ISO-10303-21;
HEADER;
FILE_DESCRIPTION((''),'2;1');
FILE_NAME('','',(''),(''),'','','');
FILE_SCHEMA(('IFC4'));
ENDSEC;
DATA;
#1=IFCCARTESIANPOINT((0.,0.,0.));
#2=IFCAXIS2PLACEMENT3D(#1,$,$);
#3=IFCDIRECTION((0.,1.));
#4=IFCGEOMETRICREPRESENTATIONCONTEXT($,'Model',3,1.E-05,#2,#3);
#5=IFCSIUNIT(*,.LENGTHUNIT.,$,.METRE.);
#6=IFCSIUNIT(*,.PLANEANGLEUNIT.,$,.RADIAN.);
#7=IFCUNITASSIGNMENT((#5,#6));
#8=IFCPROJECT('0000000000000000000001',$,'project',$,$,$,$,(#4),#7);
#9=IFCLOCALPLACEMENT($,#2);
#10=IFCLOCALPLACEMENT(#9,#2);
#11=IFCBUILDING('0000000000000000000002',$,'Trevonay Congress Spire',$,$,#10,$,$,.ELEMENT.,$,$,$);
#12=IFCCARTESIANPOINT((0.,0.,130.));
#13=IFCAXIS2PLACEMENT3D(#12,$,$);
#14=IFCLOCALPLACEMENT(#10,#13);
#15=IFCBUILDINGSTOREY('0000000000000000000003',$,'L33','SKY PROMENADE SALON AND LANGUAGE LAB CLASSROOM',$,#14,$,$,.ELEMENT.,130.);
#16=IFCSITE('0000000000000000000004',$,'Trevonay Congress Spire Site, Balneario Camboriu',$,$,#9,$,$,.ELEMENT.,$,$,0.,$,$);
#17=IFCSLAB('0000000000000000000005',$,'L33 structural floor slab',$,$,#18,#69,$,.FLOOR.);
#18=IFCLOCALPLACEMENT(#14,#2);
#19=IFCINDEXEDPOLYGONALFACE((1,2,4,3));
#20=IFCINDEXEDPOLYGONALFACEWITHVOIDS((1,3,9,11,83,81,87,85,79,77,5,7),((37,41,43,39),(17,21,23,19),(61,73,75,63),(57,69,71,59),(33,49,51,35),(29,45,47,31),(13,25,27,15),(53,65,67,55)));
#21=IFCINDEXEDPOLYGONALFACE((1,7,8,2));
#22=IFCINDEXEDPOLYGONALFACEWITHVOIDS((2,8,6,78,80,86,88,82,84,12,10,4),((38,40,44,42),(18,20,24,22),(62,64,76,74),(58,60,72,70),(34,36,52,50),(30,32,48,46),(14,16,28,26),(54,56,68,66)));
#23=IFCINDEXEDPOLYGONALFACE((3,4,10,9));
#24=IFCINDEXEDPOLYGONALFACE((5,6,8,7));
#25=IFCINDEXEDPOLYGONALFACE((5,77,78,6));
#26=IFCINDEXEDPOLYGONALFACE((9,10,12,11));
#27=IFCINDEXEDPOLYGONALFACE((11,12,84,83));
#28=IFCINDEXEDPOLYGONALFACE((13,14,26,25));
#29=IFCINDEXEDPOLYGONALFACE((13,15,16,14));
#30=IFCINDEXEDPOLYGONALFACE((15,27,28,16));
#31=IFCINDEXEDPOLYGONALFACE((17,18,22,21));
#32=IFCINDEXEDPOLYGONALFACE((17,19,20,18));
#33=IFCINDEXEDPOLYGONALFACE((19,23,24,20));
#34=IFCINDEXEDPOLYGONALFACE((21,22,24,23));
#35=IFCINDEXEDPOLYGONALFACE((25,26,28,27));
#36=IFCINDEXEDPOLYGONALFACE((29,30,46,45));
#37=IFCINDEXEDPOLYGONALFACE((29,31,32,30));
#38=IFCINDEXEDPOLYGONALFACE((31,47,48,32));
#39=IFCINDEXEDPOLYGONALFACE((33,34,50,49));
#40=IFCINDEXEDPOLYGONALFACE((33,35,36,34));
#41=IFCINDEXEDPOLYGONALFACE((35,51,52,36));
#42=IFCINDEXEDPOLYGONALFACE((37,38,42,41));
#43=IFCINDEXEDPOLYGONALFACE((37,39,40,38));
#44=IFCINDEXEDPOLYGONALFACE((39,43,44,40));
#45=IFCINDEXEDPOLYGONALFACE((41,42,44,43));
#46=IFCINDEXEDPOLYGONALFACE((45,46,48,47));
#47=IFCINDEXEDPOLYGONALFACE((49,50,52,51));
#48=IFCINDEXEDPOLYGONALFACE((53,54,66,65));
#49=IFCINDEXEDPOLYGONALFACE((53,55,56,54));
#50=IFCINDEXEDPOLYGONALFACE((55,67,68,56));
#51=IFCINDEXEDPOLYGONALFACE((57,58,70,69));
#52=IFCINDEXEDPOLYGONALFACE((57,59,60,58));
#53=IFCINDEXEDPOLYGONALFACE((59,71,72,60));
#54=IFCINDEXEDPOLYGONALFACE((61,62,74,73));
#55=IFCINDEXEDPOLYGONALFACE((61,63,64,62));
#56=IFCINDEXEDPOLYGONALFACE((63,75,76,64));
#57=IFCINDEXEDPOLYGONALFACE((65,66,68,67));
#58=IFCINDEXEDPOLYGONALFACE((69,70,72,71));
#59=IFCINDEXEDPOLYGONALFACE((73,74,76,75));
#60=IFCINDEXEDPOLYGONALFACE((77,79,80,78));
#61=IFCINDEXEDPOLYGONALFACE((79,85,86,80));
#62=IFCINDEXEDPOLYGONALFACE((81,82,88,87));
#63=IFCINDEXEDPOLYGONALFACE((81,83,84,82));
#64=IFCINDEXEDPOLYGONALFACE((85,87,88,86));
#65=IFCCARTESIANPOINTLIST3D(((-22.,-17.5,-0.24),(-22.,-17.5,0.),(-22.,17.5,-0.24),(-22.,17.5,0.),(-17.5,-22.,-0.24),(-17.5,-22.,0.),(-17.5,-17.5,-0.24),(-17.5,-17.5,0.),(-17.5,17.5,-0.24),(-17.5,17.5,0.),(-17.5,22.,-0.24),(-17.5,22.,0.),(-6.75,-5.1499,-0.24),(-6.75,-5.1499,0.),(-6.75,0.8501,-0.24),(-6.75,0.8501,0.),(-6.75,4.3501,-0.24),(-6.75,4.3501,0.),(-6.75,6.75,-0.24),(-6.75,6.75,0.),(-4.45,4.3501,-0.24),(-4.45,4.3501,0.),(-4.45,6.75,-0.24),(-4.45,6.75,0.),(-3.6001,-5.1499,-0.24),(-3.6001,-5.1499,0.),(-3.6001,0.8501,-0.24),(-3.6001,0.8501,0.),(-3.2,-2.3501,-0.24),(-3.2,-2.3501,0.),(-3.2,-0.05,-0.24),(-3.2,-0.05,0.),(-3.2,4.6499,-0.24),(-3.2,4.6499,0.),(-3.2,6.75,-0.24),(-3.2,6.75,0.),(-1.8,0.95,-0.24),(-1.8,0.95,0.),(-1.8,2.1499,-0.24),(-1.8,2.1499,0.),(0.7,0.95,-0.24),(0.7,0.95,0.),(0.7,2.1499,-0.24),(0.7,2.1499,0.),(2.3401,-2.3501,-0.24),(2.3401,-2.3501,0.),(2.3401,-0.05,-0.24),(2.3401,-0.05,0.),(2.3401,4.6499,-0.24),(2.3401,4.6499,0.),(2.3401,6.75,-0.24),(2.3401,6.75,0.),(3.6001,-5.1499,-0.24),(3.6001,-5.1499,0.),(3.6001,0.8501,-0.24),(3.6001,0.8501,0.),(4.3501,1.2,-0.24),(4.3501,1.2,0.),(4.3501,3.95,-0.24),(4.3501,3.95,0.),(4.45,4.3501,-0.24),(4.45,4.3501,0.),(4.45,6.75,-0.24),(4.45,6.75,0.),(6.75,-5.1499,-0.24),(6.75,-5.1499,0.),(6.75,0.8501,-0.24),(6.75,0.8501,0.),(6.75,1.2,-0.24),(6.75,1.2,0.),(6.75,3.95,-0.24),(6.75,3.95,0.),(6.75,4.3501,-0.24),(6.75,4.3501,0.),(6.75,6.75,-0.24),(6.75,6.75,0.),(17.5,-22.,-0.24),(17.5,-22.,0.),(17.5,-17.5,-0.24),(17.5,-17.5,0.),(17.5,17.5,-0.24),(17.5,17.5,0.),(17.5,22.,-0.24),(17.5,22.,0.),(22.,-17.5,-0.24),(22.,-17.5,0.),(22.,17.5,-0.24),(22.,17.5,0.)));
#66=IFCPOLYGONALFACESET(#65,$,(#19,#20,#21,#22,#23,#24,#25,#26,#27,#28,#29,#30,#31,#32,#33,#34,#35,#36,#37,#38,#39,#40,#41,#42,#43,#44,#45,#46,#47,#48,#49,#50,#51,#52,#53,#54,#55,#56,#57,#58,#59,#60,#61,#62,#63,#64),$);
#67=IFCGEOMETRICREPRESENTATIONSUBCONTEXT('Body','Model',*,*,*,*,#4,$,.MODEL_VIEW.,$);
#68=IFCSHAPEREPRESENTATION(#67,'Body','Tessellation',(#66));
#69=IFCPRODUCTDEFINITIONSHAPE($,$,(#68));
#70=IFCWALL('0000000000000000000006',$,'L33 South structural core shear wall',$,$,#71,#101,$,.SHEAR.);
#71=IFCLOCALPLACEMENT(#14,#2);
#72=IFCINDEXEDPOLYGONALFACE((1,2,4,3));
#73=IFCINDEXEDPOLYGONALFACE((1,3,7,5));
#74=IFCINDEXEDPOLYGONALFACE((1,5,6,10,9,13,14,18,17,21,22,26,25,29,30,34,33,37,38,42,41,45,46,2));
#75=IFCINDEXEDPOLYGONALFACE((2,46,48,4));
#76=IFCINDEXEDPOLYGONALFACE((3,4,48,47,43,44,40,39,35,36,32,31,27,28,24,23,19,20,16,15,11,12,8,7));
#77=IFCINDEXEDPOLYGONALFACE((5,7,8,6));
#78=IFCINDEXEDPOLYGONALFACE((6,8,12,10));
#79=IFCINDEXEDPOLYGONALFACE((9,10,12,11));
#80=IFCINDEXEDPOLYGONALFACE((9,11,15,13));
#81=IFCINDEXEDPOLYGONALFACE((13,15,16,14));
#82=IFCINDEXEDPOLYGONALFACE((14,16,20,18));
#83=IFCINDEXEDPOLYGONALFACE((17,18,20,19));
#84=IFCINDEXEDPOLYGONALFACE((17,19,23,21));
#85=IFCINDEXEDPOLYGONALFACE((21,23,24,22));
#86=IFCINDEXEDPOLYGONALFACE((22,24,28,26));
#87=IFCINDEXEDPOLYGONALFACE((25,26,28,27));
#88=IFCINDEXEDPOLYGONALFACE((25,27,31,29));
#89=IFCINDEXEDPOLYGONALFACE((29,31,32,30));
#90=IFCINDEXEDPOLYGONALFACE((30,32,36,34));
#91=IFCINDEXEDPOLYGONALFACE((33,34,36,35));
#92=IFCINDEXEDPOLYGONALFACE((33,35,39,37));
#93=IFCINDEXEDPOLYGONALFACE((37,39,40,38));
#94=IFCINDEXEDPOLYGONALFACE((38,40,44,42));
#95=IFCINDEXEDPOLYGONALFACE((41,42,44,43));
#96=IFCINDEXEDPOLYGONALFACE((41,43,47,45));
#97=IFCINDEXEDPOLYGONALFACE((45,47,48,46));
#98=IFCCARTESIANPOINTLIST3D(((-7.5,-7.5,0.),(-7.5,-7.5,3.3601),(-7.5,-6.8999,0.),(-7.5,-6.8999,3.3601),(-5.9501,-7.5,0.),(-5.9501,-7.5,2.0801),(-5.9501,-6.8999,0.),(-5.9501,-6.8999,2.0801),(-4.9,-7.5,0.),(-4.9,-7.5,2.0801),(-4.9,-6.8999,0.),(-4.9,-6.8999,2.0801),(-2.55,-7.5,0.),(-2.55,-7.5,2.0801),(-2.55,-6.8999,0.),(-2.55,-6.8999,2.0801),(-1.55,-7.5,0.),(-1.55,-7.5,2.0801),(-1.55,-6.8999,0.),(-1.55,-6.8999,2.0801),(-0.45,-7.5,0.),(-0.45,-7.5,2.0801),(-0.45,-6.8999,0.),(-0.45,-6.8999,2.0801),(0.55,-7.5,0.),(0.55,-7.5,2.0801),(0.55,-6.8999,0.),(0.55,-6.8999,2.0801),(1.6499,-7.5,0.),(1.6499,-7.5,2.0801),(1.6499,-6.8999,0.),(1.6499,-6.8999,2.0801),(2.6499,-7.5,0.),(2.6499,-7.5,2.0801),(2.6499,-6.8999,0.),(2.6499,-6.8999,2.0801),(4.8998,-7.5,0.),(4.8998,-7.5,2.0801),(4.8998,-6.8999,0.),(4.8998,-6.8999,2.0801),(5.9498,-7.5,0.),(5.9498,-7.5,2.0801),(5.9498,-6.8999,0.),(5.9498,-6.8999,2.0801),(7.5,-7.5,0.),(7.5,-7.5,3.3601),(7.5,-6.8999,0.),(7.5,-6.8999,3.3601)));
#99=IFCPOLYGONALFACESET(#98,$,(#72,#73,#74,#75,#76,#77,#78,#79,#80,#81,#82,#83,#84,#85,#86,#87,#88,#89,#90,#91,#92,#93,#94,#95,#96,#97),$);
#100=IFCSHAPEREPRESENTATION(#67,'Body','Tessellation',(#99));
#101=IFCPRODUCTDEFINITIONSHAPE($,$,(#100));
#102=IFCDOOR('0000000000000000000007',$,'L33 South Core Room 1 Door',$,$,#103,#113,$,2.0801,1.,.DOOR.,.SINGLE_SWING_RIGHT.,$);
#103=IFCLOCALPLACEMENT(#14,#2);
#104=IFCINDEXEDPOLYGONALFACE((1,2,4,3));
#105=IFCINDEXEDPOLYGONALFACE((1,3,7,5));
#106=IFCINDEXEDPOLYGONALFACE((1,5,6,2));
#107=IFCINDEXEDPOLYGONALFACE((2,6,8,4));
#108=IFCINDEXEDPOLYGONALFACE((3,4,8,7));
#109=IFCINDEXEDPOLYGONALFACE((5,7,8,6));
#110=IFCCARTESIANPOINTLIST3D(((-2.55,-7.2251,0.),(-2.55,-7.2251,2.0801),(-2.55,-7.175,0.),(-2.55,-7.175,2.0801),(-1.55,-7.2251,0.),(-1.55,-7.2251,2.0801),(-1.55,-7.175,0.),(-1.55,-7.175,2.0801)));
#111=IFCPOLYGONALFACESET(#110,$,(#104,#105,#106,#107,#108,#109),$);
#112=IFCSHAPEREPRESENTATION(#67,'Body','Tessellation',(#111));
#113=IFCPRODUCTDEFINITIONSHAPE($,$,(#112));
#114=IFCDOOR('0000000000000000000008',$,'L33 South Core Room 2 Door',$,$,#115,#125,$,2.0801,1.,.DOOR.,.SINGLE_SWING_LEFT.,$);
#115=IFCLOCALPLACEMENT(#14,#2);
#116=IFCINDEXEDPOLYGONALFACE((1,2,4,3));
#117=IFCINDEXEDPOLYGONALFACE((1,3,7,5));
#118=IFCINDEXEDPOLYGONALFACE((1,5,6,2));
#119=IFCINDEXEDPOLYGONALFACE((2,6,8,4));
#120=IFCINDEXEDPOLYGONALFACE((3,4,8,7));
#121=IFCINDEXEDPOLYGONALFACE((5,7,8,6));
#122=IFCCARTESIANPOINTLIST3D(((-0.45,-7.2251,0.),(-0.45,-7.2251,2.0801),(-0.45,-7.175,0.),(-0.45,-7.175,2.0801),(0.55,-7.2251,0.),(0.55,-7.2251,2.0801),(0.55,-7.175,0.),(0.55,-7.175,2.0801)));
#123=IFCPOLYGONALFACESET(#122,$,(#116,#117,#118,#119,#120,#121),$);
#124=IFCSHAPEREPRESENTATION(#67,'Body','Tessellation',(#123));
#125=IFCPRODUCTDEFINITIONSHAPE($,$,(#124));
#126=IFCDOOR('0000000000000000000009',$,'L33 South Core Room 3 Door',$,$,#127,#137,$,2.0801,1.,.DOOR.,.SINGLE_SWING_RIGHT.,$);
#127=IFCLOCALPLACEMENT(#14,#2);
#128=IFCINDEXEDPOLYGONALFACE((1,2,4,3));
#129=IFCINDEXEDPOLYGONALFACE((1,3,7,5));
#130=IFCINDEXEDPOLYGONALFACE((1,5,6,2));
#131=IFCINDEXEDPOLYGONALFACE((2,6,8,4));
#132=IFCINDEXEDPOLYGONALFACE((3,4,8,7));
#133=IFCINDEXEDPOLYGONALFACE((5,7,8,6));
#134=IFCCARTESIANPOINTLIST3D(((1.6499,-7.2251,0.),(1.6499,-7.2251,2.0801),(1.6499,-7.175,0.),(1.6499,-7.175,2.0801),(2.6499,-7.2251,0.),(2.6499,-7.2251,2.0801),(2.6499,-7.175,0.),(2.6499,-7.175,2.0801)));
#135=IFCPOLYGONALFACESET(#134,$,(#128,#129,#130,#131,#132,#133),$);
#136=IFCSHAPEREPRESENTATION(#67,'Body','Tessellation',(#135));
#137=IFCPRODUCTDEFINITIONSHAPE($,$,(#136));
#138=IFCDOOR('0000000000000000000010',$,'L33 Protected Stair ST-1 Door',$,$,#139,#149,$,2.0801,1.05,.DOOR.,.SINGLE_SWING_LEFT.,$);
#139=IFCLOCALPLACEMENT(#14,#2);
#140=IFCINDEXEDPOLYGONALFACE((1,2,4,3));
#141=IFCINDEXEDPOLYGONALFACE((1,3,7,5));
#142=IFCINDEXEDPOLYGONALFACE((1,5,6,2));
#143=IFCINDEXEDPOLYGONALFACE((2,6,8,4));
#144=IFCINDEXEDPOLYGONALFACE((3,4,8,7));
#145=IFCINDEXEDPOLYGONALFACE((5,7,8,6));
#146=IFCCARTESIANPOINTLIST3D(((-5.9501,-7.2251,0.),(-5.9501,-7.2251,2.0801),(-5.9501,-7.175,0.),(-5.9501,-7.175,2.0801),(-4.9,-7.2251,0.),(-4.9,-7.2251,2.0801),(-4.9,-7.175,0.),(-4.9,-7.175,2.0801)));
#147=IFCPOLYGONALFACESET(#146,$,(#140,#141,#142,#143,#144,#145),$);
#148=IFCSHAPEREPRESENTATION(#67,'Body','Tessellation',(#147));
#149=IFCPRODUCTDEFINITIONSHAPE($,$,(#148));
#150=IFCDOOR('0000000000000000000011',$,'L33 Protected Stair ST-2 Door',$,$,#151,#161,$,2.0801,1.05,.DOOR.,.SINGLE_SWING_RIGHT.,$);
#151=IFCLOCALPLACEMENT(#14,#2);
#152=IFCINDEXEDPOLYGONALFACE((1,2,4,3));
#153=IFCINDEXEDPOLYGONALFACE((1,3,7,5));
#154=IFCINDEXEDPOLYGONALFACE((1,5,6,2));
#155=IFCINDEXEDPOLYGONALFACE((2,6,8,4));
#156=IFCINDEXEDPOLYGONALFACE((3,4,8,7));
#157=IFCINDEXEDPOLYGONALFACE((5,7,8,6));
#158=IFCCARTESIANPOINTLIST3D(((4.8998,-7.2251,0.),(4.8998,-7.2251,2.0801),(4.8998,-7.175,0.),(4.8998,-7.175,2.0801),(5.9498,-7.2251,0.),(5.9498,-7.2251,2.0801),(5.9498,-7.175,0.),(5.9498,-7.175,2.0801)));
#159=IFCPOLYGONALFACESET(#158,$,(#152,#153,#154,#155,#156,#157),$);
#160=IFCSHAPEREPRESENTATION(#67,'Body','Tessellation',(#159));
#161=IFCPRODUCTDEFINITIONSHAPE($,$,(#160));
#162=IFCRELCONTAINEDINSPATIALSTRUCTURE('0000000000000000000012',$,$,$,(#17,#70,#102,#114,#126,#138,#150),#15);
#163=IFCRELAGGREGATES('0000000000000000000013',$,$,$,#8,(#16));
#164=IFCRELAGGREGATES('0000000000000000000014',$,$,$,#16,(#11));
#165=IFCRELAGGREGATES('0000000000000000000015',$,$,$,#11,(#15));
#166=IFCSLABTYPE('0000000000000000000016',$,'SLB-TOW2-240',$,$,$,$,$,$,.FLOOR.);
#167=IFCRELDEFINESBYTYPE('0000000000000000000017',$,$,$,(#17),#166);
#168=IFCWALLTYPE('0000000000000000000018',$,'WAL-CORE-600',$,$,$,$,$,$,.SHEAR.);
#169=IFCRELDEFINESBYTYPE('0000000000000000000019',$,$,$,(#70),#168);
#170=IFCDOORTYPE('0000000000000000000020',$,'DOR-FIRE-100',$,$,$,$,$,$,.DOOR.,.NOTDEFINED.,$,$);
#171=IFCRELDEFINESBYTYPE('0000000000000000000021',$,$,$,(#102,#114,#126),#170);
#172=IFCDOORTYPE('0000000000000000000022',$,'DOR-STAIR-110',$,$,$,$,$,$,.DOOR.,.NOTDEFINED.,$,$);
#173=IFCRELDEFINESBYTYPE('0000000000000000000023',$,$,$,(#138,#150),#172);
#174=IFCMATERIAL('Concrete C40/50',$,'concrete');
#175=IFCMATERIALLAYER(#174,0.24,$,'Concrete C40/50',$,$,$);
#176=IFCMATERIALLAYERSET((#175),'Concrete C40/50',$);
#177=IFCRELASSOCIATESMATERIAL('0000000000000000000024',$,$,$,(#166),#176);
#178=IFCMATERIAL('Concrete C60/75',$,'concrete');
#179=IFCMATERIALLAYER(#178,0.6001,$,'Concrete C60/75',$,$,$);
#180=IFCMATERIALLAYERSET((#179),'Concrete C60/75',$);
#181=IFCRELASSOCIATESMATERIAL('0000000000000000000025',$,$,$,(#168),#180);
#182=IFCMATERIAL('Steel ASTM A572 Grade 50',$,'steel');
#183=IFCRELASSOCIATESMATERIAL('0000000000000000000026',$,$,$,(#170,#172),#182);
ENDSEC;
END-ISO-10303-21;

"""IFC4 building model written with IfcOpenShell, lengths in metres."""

from ifc_helpers import new_model, si_unit, direction, frame, frame_2d, origin, place, context, subcontext, project, spatial, polyline, rectangle, outline, extrude, material, layer, layer_set, type_object, element, fill, save


model = new_model("IFC4")

# Units and contexts
model_context = context("Model", 3, precision=1e-05, world=origin(), true_north=direction((0.0, 1.0)))
body_context = subcontext(model_context, "Body", "Model", "MODEL_VIEW")
ifc_project = project(units=[si_unit("LENGTHUNIT", "METRE"), si_unit("PLANEANGLEUNIT", "RADIAN")], contexts=[model_context])

# Site, building, storey
site_placement = place(None, origin())
site = spatial("IfcSite", under=ifc_project, at=site_placement, Name="Trevonay Congress Spire Site, Balneario Camboriu", CompositionType="ELEMENT", RefElevation=0.0)
building_placement = place(site_placement, origin())
building = spatial("IfcBuilding", under=site, at=building_placement, Name="Trevonay Congress Spire", CompositionType="ELEMENT")
storey_placement = place(building_placement, frame((0.0, 0.0, 130.0)))
storey = spatial("IfcBuildingStorey", under=building, at=storey_placement, Name="L33", Description="SKY PROMENADE SALON AND LANGUAGE LAB CLASSROOM", CompositionType="ELEMENT", Elevation=130.0)

# Shared definitions
ifc_material_1 = material(Name="Steel ASTM A572 Grade 50", Category="steel")

# Slab
ifc_material_2 = material(Name="Concrete C40/50", Category="concrete")
ifc_layer_1 = layer(ifc_material_2, 0.24, Name="Concrete C40/50")
ifc_layer_set_1 = layer_set([ifc_layer_1], Name="Concrete C40/50")
slab_type = type_object("IfcSlabType", Name="SLB-TOW2-240", PredefinedType="FLOOR", material=ifc_layer_set_1)
slab_placement = place(storey_placement, frame((0.0, 0.0, -0.24)))
element("IfcSlab", 1, at=slab_placement, inside=storey, type_object=slab_type, Name="L33 structural floor slab", PredefinedType="FLOOR", context=body_context, shape_type="SweptSolid", body=[
    extrude(outline(polyline([(-17.5, -22.0), (17.5, -22.0), (17.5, -17.5), (22.0, -17.5), (22.0, 17.5), (17.5, 17.5), (17.5, 22.0), (-17.5, 22.0), (-17.5, 17.5), (-22.0, 17.5), (-22.0, -17.5), (-17.5, -17.5), (-17.5, -22.0)]), holes=[polyline([(-3.6001, -5.1499), (-3.6001, 0.8501), (-6.75, 0.8501), (-6.75, -5.1499), (-3.6001, -5.1499)]), polyline([(6.75, -5.1499), (6.75, 0.8501), (3.6001, 0.8501), (3.6001, -5.1499), (6.75, -5.1499)]), polyline([(-3.2, -2.3501), (2.3401, -2.3501), (2.3401, -0.05), (-3.2, -0.05), (-3.2, -2.3501)]), polyline([(-3.2, 4.6499), (2.3401, 4.6499), (2.3401, 6.75), (-3.2, 6.75), (-3.2, 4.6499)]), polyline([(-6.75, 4.3501), (-4.45, 4.3501), (-4.45, 6.75), (-6.75, 6.75), (-6.75, 4.3501)]), polyline([(4.45, 4.3501), (6.75, 4.3501), (6.75, 6.75), (4.45, 6.75), (4.45, 4.3501)]), polyline([(4.3501, 1.2), (6.75, 1.2), (6.75, 3.95), (4.3501, 3.95), (4.3501, 1.2)]), polyline([(-1.8, 0.95), (0.7, 0.95), (0.7, 2.1499), (-1.8, 2.1499), (-1.8, 0.95)])]), origin(), (0.0, 0.0, 1.0), 0.24),
])

# Wall, openings, doors
ifc_material_3 = material(Name="Concrete C60/75", Category="concrete")
ifc_layer_2 = layer(ifc_material_3, 0.6001, Name="Concrete C60/75")
ifc_layer_set_2 = layer_set([ifc_layer_2], Name="Concrete C60/75")
wall_type_1 = type_object("IfcWallType", Name="WAL-CORE-600", PredefinedType="SHEAR", material=ifc_layer_set_2)
wall_1_placement = place(storey_placement, frame((-7.5, -7.2, 0.0), z_axis=(0.0, 0.0, 1.0), x_axis=(1.0, 0.0, 0.0)))
wall_1 = element("IfcWall", 2, at=wall_1_placement, inside=storey, type_object=wall_type_1, Name="L33 South structural core shear wall", PredefinedType="SHEAR", context=body_context, shape_type="SweptSolid", body=[
    extrude(rectangle(XDim=15.0, YDim=0.6001, at=frame_2d((7.5, 0.0))), origin(), (0.0, 0.0, 1.0), 3.3601),
])
opening_1_placement = place(wall_1_placement, frame((1.55, 0.0, 0.0)))
opening_1 = element("IfcOpeningElement", 3, at=opening_1_placement, cuts=wall_1, PredefinedType="OPENING", context=body_context, shape_type="SweptSolid", body=[
    extrude(rectangle(XDim=1.05, YDim=2.0801, at=frame_2d((0.5249, 1.04))), frame((0.0, 0.3101, 0.0), z_axis=(0.0, -1.0, 0.0), x_axis=(1.0, 0.0, 0.0)), (0.0, 0.0, 1.0), 0.6201),
])
opening_2_placement = place(wall_1_placement, frame((12.3999, 0.0, 0.0)))
opening_2 = element("IfcOpeningElement", 4, at=opening_2_placement, cuts=wall_1, PredefinedType="OPENING", context=body_context, shape_type="SweptSolid", body=[
    extrude(rectangle(XDim=1.05, YDim=2.0801, at=frame_2d((0.5249, 1.04))), frame((0.0, 0.3101, 0.0), z_axis=(0.0, -1.0, 0.0), x_axis=(1.0, 0.0, 0.0)), (0.0, 0.0, 1.0), 0.6201),
])
opening_3_placement = place(wall_1_placement, frame((4.95, 0.0, 0.0)))
opening_3 = element("IfcOpeningElement", 5, at=opening_3_placement, cuts=wall_1, PredefinedType="OPENING", context=body_context, shape_type="SweptSolid", body=[
    extrude(rectangle(XDim=1.0, YDim=2.0801, at=frame_2d((0.5, 1.04))), frame((0.0, 0.3101, 0.0), z_axis=(0.0, -1.0, 0.0), x_axis=(1.0, 0.0, 0.0)), (0.0, 0.0, 1.0), 0.6201),
])
opening_4_placement = place(wall_1_placement, frame((7.05, 0.0, 0.0)))
opening_4 = element("IfcOpeningElement", 6, at=opening_4_placement, cuts=wall_1, PredefinedType="OPENING", context=body_context, shape_type="SweptSolid", body=[
    extrude(rectangle(XDim=1.0, YDim=2.0801, at=frame_2d((0.5, 1.04))), frame((0.0, 0.3101, 0.0), z_axis=(0.0, -1.0, 0.0), x_axis=(1.0, 0.0, 0.0)), (0.0, 0.0, 1.0), 0.6201),
])
opening_5_placement = place(wall_1_placement, frame((9.1499, 0.0, 0.0)))
opening_5 = element("IfcOpeningElement", 7, at=opening_5_placement, cuts=wall_1, PredefinedType="OPENING", context=body_context, shape_type="SweptSolid", body=[
    extrude(rectangle(XDim=1.0, YDim=2.0801, at=frame_2d((0.5, 1.04))), frame((0.0, 0.3101, 0.0), z_axis=(0.0, -1.0, 0.0), x_axis=(1.0, 0.0, 0.0)), (0.0, 0.0, 1.0), 0.6201),
])
door_type_1 = type_object("IfcDoorType", Name="DOR-FIRE-100", OperationType="NOTDEFINED", PredefinedType="DOOR", material=ifc_material_1)
door_1_placement = place(opening_3_placement, origin())
door_1 = element("IfcDoor", 8, at=door_1_placement, inside=storey, type_object=door_type_1, Name="L33 South Core Room 1 Door", OperationType="SINGLE_SWING_RIGHT", OverallHeight=2.0801, OverallWidth=1.0, PredefinedType="DOOR", context=body_context, shape_type="SweptSolid", body=[
    extrude(rectangle(XDim=1.0, YDim=2.0801, at=frame_2d((0.5, 1.04))), frame((0.0, 0.0249, 0.0), z_axis=(0.0, -1.0, 0.0), x_axis=(1.0, 0.0, 0.0)), (0.0, 0.0, 1.0), 0.05),
])
fill(opening_3, door_1)
door_2_placement = place(opening_4_placement, origin())
door_2 = element("IfcDoor", 9, at=door_2_placement, inside=storey, type_object=door_type_1, Name="L33 South Core Room 2 Door", OperationType="SINGLE_SWING_LEFT", OverallHeight=2.0801, OverallWidth=1.0, PredefinedType="DOOR", context=body_context, shape_type="SweptSolid", body=[
    extrude(rectangle(XDim=1.0, YDim=2.0801, at=frame_2d((0.5, 1.04))), frame((0.0, 0.0249, 0.0), z_axis=(0.0, -1.0, 0.0), x_axis=(1.0, 0.0, 0.0)), (0.0, 0.0, 1.0), 0.05),
])
fill(opening_4, door_2)
door_3_placement = place(opening_5_placement, origin())
door_3 = element("IfcDoor", 10, at=door_3_placement, inside=storey, type_object=door_type_1, Name="L33 South Core Room 3 Door", OperationType="SINGLE_SWING_RIGHT", OverallHeight=2.0801, OverallWidth=1.0, PredefinedType="DOOR", context=body_context, shape_type="SweptSolid", body=[
    extrude(rectangle(XDim=1.0, YDim=2.0801, at=frame_2d((0.5, 1.04))), frame((0.0, 0.0249, 0.0), z_axis=(0.0, -1.0, 0.0), x_axis=(1.0, 0.0, 0.0)), (0.0, 0.0, 1.0), 0.05),
])
fill(opening_5, door_3)
door_type_2 = type_object("IfcDoorType", Name="DOR-STAIR-110", OperationType="NOTDEFINED", PredefinedType="DOOR", material=ifc_material_1)
door_4_placement = place(opening_1_placement, origin())
door_4 = element("IfcDoor", 11, at=door_4_placement, inside=storey, type_object=door_type_2, Name="L33 Protected Stair ST-1 Door", OperationType="SINGLE_SWING_LEFT", OverallHeight=2.0801, OverallWidth=1.05, PredefinedType="DOOR", context=body_context, shape_type="SweptSolid", body=[
    extrude(rectangle(XDim=1.05, YDim=2.0801, at=frame_2d((0.5249, 1.04))), frame((0.0, 0.0249, 0.0), z_axis=(0.0, -1.0, 0.0), x_axis=(1.0, 0.0, 0.0)), (0.0, 0.0, 1.0), 0.05),
])
fill(opening_1, door_4)
door_5_placement = place(opening_2_placement, origin())
door_5 = element("IfcDoor", 12, at=door_5_placement, inside=storey, type_object=door_type_2, Name="L33 Protected Stair ST-2 Door", OperationType="SINGLE_SWING_RIGHT", OverallHeight=2.0801, OverallWidth=1.05, PredefinedType="DOOR", context=body_context, shape_type="SweptSolid", body=[
    extrude(rectangle(XDim=1.05, YDim=2.0801, at=frame_2d((0.5249, 1.04))), frame((0.0, 0.0249, 0.0), z_axis=(0.0, -1.0, 0.0), x_axis=(1.0, 0.0, 0.0)), (0.0, 0.0, 1.0), 0.05),
])
fill(opening_2, door_5)

save(model, "model.ifc")
